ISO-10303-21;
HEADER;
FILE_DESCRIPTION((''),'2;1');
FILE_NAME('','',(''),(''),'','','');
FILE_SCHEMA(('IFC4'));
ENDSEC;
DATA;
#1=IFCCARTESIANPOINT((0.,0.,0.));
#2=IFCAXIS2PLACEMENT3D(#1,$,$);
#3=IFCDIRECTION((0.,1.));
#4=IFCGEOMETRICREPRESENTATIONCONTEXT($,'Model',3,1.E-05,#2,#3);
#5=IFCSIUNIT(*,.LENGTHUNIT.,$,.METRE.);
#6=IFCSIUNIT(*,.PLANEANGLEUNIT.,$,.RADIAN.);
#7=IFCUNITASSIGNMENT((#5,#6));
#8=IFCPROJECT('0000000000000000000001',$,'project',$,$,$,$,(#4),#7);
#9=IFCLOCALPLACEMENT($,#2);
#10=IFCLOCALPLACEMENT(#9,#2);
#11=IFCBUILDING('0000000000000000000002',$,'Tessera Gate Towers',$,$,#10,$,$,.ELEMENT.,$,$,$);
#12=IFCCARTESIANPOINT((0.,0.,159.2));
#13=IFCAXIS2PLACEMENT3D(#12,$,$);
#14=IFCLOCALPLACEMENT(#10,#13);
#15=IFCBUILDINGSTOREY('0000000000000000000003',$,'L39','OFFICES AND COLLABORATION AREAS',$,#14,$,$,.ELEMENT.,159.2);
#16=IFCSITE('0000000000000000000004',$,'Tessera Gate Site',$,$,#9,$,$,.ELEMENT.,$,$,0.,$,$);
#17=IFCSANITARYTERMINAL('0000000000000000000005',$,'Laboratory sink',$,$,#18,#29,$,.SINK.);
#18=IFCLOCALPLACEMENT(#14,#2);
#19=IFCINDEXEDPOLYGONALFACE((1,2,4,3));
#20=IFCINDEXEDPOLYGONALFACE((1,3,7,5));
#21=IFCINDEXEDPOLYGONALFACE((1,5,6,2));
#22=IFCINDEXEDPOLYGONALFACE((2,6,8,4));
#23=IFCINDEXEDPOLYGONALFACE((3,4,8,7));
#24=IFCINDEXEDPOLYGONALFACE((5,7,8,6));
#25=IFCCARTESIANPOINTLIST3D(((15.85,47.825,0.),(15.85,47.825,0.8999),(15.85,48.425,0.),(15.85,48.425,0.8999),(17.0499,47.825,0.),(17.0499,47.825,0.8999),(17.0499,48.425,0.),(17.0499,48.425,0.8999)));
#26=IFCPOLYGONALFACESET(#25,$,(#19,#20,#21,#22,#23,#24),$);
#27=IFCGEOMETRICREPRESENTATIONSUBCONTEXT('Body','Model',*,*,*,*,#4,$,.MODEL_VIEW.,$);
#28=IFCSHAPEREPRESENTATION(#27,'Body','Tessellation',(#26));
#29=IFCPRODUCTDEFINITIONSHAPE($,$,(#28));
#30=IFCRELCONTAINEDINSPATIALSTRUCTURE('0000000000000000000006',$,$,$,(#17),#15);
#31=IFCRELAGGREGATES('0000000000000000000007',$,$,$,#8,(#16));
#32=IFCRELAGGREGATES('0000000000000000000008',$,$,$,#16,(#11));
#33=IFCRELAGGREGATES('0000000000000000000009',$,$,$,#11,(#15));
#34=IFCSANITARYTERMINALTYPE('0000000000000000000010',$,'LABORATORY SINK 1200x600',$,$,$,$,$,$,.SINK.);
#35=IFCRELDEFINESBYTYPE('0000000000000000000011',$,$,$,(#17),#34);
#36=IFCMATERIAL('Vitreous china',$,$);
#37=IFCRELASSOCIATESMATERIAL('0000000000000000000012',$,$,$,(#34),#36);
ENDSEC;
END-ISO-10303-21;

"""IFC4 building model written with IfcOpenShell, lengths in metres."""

from ifc_helpers import new_model, si_unit, direction, frame, origin, origin_2d, place, context, subcontext, project, spatial, rectangle, extrude, material, type_object, element, save


model = new_model("IFC4")

# Units and contexts
model_context = context("Model", 3, precision=1e-05, world=origin(), true_north=direction((0.0, 1.0)))
body_context = subcontext(model_context, "Body", "Model", "MODEL_VIEW")
ifc_project = project(units=[si_unit("LENGTHUNIT", "METRE"), si_unit("PLANEANGLEUNIT", "RADIAN")], contexts=[model_context])

# Site, building, storey
site_placement = place(None, origin())
site = spatial("IfcSite", under=ifc_project, at=site_placement, Name="Tessera Gate Site", CompositionType="ELEMENT", RefElevation=0.0)
building_placement = place(site_placement, origin())
building = spatial("IfcBuilding", under=site, at=building_placement, Name="Tessera Gate Towers", CompositionType="ELEMENT")
storey_placement = place(building_placement, frame((0.0, 0.0, 159.2)))
storey = spatial("IfcBuildingStorey", under=building, at=storey_placement, Name="L39", Description="OFFICES AND COLLABORATION AREAS", CompositionType="ELEMENT", Elevation=159.2)

# Sanitary terminal
ifc_material_1 = material(Name="Vitreous china")
sanitary_terminal_type = type_object("IfcSanitaryTerminalType", Name="LABORATORY SINK 1200x600", PredefinedType="SINK", material=ifc_material_1)
sanitary_terminal_placement = place(storey_placement, frame((16.45, 48.125, 0.0), z_axis=(0.0, 0.0, 1.0), x_axis=(1.0, 0.0, 0.0)))
element("IfcSanitaryTerminal", 1, at=sanitary_terminal_placement, inside=storey, type_object=sanitary_terminal_type, Name="Laboratory sink", PredefinedType="SINK", context=body_context, shape_type="SweptSolid", body=[
    extrude(rectangle(XDim=1.2, YDim=0.6001, at=origin_2d()), origin(), (0.0, 0.0, 1.0), 0.8999),
])

save(model, "model.ifc")
